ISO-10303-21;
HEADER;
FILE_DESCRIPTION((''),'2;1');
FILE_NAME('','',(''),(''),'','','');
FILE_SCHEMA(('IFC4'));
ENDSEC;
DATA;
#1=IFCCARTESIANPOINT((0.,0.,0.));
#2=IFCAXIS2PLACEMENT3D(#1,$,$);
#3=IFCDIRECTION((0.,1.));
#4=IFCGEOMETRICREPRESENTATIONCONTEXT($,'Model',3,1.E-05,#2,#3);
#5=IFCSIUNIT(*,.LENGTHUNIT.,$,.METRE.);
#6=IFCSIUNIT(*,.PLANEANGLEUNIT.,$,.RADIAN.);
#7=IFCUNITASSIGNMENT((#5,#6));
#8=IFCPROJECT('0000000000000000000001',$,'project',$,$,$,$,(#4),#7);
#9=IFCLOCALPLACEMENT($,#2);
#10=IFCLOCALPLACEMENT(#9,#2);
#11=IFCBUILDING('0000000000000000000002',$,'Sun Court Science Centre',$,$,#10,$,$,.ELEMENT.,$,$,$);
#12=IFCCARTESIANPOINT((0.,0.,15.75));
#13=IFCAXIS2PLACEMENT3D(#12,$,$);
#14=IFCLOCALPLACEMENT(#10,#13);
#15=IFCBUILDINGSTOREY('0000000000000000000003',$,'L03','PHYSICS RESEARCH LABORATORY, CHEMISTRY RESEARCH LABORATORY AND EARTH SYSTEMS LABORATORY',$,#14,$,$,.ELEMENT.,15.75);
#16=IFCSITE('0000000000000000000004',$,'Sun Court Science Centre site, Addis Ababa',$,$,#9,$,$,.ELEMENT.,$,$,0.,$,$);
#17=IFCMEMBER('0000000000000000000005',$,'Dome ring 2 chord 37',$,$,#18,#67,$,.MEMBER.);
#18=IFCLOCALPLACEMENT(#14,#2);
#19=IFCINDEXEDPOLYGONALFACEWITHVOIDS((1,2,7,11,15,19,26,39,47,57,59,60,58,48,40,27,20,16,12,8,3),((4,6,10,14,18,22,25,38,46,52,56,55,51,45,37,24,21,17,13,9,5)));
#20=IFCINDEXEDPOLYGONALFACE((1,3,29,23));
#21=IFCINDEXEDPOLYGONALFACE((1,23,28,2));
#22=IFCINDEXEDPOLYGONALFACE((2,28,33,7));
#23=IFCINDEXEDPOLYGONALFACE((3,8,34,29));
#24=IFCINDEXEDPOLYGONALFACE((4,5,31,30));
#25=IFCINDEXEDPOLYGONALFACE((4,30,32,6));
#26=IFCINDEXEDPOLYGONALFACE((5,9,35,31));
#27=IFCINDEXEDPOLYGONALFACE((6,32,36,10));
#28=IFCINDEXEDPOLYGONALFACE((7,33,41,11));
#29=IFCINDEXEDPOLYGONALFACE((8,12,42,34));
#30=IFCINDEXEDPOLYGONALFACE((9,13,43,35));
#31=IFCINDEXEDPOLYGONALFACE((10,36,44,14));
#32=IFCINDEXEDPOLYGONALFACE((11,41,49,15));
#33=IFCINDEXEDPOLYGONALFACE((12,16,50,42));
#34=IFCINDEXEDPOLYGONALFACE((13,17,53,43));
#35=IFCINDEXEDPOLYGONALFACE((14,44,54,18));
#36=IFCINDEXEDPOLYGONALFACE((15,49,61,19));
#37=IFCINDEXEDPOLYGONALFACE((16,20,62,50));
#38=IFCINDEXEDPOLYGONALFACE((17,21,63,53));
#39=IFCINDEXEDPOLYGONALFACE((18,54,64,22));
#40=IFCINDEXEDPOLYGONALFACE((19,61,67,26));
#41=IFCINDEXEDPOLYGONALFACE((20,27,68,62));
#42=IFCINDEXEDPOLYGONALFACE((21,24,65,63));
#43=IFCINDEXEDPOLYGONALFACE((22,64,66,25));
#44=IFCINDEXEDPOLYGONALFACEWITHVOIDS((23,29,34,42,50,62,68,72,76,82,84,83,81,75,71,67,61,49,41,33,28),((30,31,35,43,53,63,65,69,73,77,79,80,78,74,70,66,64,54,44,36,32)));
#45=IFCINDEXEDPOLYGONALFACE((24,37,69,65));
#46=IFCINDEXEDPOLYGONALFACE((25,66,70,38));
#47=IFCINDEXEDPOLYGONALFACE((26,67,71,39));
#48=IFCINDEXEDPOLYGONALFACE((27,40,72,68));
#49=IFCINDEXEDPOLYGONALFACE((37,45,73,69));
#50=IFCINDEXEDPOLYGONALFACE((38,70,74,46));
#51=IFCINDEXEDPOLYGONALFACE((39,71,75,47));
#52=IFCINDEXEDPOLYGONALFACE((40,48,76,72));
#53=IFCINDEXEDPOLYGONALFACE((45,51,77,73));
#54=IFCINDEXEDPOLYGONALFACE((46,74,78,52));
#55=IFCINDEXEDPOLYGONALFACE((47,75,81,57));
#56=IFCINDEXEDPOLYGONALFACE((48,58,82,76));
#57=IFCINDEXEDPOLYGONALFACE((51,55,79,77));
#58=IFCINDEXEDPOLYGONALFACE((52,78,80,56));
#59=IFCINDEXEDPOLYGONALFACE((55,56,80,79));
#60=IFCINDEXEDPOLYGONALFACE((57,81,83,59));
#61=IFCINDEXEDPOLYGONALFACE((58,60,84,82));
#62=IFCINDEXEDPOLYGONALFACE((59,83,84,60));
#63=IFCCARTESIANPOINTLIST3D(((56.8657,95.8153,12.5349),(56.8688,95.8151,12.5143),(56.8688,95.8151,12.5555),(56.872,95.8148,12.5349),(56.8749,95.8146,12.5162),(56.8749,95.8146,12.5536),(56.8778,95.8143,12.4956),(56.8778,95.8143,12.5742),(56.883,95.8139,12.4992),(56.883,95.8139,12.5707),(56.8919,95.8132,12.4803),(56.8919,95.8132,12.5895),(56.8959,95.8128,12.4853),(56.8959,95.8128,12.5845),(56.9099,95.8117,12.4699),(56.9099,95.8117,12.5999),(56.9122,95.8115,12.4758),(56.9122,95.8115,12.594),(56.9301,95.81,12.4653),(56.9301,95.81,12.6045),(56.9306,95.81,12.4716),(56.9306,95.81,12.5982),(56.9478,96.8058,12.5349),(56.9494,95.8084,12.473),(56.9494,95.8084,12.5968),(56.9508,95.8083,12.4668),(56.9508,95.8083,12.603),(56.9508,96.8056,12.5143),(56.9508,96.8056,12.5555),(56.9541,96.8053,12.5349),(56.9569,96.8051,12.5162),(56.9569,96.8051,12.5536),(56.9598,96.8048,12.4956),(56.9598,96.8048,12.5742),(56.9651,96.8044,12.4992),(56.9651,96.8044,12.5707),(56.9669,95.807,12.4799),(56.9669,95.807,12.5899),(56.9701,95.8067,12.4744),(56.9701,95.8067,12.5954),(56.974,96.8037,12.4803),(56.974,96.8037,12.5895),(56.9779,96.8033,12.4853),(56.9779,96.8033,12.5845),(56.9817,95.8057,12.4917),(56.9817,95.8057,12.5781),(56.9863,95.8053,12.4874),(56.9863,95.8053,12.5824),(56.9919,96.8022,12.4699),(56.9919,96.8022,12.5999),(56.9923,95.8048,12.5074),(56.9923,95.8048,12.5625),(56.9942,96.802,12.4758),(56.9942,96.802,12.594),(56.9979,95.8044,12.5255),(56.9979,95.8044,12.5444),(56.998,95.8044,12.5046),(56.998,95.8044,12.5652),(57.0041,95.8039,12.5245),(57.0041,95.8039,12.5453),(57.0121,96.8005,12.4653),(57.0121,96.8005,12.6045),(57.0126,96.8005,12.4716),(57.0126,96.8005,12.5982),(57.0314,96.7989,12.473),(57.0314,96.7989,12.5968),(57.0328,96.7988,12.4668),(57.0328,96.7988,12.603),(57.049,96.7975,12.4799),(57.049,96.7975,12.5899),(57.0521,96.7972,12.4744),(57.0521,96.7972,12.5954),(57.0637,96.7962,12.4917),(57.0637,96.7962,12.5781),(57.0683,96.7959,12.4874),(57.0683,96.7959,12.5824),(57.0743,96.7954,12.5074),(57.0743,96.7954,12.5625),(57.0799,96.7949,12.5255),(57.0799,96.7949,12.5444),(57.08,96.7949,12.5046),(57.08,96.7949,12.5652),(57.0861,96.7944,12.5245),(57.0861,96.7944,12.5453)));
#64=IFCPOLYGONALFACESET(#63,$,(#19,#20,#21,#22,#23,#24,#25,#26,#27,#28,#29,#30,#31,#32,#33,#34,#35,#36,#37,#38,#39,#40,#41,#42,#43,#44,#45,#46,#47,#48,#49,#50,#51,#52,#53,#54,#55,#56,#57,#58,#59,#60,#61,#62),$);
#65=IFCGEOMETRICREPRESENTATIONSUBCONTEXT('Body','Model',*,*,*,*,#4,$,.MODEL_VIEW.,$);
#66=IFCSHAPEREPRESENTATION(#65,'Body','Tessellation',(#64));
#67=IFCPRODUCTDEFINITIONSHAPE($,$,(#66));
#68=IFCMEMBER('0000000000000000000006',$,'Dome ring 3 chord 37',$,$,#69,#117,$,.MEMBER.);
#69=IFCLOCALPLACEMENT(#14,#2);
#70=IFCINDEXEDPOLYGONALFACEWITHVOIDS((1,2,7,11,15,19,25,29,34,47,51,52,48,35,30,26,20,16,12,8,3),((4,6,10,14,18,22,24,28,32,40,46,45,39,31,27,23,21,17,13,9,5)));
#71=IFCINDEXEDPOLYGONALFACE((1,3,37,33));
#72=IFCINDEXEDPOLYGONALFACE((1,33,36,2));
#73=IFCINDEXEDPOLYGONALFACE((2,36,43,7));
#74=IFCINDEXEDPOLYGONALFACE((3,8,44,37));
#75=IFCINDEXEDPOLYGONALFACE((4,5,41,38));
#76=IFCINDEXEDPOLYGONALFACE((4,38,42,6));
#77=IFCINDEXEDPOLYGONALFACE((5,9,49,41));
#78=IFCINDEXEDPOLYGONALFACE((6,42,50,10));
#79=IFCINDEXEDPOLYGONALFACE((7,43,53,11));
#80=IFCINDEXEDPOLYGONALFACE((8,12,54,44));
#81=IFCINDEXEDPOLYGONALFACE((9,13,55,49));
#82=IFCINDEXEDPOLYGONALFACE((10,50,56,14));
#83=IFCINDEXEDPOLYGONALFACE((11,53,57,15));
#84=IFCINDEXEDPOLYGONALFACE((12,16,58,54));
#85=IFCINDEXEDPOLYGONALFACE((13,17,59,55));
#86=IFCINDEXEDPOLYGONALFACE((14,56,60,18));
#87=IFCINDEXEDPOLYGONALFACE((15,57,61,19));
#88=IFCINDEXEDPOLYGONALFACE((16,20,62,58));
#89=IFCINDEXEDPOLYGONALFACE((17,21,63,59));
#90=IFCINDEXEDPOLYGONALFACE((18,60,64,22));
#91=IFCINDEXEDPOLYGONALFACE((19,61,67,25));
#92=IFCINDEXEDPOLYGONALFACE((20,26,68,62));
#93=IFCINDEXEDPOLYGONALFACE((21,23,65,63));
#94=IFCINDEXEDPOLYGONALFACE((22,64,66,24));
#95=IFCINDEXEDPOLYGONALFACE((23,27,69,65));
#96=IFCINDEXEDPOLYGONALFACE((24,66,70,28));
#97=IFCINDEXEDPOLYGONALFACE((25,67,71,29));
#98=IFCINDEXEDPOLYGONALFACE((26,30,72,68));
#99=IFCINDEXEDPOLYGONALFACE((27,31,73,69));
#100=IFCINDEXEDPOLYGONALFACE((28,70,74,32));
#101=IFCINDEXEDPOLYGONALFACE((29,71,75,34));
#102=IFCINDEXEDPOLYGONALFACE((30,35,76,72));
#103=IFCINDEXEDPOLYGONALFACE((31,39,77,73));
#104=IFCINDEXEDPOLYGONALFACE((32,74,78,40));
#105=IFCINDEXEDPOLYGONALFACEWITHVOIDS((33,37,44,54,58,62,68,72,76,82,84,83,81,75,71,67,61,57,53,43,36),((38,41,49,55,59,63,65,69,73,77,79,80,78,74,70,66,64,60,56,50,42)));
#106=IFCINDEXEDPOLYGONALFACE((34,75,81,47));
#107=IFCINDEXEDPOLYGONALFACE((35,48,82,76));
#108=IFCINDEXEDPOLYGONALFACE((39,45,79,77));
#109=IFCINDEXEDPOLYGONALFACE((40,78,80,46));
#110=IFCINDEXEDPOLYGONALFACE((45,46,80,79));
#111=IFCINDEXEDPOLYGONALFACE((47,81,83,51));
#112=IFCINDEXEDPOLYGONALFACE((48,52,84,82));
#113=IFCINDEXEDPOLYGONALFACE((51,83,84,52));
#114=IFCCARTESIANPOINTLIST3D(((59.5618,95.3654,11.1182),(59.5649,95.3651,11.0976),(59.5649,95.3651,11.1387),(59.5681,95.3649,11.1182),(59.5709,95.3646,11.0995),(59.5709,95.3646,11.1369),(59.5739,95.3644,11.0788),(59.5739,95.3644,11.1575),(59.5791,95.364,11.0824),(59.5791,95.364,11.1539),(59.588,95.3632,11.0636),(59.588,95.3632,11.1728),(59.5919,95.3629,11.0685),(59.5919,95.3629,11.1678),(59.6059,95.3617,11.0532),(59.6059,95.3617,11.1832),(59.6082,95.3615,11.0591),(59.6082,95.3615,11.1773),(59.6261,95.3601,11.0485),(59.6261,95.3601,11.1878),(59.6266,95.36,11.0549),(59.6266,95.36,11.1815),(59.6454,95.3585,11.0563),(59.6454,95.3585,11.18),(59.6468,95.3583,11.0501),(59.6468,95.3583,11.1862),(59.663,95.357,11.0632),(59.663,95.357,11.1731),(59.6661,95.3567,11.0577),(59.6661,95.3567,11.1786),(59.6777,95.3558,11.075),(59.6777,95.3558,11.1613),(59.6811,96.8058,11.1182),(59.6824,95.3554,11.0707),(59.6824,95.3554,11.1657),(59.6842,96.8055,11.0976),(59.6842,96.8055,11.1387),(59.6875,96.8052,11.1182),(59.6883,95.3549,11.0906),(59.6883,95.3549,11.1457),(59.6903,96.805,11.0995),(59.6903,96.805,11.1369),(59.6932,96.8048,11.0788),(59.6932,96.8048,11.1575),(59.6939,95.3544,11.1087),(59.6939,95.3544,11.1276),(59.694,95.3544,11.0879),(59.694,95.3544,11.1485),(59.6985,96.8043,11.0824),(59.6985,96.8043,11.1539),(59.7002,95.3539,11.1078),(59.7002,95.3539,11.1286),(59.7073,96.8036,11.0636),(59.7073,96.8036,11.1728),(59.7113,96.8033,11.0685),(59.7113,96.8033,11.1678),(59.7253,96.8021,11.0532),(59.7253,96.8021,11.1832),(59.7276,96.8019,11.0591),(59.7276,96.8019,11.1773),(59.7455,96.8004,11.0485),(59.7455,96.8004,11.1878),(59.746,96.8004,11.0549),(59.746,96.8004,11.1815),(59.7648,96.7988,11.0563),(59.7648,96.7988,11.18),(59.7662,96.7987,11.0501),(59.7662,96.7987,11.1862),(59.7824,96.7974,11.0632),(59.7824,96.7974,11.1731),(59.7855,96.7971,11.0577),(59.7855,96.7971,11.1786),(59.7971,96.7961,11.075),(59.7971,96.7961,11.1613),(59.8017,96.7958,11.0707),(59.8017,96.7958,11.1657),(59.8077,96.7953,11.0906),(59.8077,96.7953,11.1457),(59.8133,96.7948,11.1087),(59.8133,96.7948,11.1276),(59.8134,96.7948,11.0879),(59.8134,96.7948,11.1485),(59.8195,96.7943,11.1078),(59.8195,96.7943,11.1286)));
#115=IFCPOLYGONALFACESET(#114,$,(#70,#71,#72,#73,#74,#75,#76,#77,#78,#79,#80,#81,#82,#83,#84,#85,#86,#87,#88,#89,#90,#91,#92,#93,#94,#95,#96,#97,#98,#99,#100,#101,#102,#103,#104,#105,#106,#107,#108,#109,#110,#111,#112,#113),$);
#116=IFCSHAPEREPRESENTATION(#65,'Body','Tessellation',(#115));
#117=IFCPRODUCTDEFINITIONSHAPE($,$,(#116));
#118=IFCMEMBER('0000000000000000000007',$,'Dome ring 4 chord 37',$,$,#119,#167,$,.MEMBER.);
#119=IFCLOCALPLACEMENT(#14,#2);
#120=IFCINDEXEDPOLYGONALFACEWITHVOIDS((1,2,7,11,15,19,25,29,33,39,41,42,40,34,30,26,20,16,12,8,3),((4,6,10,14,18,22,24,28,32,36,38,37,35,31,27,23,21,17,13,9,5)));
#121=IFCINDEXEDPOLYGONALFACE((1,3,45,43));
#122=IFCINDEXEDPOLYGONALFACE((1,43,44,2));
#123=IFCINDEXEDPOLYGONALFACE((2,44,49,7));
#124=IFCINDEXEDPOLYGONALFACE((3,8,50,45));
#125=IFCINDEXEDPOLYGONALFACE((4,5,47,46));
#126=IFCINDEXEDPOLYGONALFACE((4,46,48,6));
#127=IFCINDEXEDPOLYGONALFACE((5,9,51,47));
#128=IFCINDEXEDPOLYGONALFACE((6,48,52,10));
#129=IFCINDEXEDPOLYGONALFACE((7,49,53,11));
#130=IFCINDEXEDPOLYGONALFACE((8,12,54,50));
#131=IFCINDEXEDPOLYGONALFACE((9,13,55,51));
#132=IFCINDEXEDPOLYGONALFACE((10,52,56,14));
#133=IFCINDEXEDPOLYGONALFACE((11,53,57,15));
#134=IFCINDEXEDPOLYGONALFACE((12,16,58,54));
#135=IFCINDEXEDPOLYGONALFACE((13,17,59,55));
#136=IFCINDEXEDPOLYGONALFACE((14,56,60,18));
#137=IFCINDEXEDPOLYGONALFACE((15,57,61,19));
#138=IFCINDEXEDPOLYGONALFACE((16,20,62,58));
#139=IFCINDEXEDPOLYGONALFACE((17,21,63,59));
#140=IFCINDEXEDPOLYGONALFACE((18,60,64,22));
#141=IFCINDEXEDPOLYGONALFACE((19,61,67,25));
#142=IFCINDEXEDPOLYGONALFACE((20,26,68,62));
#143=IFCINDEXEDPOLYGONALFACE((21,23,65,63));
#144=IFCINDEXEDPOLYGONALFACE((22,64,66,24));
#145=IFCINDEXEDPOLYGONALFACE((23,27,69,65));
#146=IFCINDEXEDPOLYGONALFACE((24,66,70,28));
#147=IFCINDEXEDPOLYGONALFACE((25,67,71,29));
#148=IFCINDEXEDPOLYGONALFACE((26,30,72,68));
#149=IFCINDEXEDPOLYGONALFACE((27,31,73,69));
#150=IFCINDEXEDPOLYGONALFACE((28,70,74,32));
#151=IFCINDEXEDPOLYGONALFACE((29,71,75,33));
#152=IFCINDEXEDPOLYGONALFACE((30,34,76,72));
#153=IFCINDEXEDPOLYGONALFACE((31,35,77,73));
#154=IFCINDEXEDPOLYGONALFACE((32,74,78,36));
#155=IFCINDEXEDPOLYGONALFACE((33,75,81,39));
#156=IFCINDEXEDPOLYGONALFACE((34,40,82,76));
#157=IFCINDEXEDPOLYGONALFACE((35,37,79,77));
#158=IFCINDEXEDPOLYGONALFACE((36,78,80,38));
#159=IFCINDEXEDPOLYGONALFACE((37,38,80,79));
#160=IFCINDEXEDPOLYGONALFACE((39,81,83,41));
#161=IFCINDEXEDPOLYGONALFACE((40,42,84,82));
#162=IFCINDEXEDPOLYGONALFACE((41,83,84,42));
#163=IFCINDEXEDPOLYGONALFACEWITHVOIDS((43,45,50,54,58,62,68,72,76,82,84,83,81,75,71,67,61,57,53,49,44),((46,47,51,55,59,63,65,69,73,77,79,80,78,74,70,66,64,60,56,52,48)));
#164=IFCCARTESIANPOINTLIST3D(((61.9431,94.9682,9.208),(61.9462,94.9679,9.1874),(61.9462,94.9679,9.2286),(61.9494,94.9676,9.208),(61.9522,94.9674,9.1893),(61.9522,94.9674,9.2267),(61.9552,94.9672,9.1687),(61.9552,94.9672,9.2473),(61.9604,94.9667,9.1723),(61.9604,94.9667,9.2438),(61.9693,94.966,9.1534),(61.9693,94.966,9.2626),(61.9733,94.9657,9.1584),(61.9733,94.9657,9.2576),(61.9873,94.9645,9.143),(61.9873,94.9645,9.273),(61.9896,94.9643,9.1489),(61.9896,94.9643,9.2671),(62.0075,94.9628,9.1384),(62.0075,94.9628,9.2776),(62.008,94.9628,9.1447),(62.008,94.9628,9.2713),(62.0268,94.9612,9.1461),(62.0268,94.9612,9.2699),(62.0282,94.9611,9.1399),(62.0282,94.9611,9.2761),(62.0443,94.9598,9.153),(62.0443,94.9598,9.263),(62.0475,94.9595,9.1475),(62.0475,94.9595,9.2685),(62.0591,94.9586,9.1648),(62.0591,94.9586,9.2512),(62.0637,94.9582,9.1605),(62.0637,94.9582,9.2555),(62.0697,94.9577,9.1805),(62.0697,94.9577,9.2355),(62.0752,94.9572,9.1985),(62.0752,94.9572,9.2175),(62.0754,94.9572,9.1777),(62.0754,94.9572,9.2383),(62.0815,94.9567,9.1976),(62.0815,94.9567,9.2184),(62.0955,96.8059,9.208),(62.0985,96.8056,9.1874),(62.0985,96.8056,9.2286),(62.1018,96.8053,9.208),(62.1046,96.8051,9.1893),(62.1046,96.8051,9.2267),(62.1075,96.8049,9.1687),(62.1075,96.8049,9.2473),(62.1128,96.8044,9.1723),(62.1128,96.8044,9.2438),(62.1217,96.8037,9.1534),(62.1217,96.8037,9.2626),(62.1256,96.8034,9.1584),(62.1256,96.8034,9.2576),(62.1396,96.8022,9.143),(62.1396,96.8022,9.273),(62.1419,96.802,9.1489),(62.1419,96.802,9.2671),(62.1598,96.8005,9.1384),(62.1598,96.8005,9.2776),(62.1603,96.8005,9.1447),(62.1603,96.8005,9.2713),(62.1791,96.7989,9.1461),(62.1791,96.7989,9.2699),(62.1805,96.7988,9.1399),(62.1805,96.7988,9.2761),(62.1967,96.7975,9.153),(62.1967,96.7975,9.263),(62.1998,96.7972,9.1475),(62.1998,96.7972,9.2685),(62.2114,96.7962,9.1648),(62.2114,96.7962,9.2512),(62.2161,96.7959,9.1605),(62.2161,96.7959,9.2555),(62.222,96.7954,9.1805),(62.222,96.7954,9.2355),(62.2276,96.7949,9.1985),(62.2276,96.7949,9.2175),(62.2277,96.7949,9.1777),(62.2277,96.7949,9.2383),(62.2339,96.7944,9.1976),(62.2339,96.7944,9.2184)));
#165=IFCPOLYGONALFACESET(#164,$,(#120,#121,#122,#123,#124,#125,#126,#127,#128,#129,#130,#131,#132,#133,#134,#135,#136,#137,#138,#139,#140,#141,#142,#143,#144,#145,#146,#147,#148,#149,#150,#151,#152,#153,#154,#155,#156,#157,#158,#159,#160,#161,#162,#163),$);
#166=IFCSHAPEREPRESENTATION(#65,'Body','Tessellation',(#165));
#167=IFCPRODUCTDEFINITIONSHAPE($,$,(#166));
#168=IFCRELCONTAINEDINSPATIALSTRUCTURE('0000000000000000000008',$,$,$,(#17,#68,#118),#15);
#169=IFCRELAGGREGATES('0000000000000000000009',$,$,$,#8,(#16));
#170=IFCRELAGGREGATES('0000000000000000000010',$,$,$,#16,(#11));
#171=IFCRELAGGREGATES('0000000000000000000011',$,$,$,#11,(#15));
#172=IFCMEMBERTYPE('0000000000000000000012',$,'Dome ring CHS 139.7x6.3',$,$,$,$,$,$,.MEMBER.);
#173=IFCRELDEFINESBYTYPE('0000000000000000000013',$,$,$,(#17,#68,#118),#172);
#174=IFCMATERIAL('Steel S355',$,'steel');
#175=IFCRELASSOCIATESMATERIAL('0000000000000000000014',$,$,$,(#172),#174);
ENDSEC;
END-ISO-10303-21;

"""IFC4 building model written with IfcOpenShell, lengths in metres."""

from ifc_helpers import new_model, si_unit, direction, frame, origin, origin_2d, place, context, subcontext, project, spatial, hollow_circle, extrude, material, material_profile, profile_set, type_object, element, save


model = new_model("IFC4")

# Units and contexts
model_context = context("Model", 3, precision=1e-05, world=origin(), true_north=direction((0.0, 1.0)))
body_context = subcontext(model_context, "Body", "Model", "MODEL_VIEW")
ifc_project = project(units=[si_unit("LENGTHUNIT", "METRE"), si_unit("PLANEANGLEUNIT", "RADIAN")], contexts=[model_context])

# Site, building, storey
site_placement = place(None, origin())
site = spatial("IfcSite", under=ifc_project, at=site_placement, Name="Sun Court Science Centre site, Addis Ababa", CompositionType="ELEMENT", RefElevation=0.0)
building_placement = place(site_placement, origin())
building = spatial("IfcBuilding", under=site, at=building_placement, Name="Sun Court Science Centre", CompositionType="ELEMENT")
storey_placement = place(building_placement, frame((0.0, 0.0, 15.75)))
storey = spatial("IfcBuildingStorey", under=building, at=storey_placement, Name="L03", Description="PHYSICS RESEARCH LABORATORY, CHEMISTRY RESEARCH LABORATORY AND EARTH SYSTEMS LABORATORY", CompositionType="ELEMENT", Elevation=15.75)

# Members
ifc_material_1 = material(Name="Steel S355", Category="steel")
ifc_material_profile_1 = material_profile(ifc_material_1, hollow_circle(Radius=0.0698, WallThickness=0.0063, at=origin_2d()), Name="CHS 139.7x6.3")
ifc_profile_set_1 = profile_set([ifc_material_profile_1], Name="Steel S355")
member_type_1 = type_object("IfcMemberType", Name="Dome ring CHS 139.7x6.3", PredefinedType="MEMBER", material=ifc_profile_set_1)
member_1_placement = place(storey_placement, frame((56.9353, 95.8096, 12.5349), z_axis=(0.082537, 0.996588, 0.0), x_axis=(-0.996588, 0.082537, 0.0)))
element("IfcMember", 1, at=member_1_placement, inside=storey, type_object=member_type_1, Name="Dome ring 2 chord 37", PredefinedType="MEMBER", context=body_context, shape_type="SweptSolid", body=[
    extrude(hollow_circle(Radius=0.0698, WallThickness=0.0063, at=origin_2d()), origin(), (0.0, 0.0, 1.0), 0.9939),
])
member_2_placement = place(storey_placement, frame((59.6313, 95.3596, 11.1182), z_axis=(0.082598, 0.996583, 0.0), x_axis=(-0.996583, 0.082598, 0.0)))
element("IfcMember", 2, at=member_2_placement, inside=storey, type_object=member_type_1, Name="Dome ring 3 chord 37", PredefinedType="MEMBER", context=body_context, shape_type="SweptSolid", body=[
    extrude(hollow_circle(Radius=0.0698, WallThickness=0.0063, at=origin_2d()), origin(), (0.0, 0.0, 1.0), 1.4453),
])
member_3_placement = place(storey_placement, frame((62.0127, 94.9624, 9.208), z_axis=(0.082618, 0.996581, 0.0), x_axis=(-0.996581, 0.082618, 0.0)))
element("IfcMember", 3, at=member_3_placement, inside=storey, type_object=member_type_1, Name="Dome ring 4 chord 37", PredefinedType="MEMBER", context=body_context, shape_type="SweptSolid", body=[
    extrude(hollow_circle(Radius=0.0698, WallThickness=0.0063, at=origin_2d()), origin(), (0.0, 0.0, 1.0), 1.844),
])

save(model, "model.ifc")
